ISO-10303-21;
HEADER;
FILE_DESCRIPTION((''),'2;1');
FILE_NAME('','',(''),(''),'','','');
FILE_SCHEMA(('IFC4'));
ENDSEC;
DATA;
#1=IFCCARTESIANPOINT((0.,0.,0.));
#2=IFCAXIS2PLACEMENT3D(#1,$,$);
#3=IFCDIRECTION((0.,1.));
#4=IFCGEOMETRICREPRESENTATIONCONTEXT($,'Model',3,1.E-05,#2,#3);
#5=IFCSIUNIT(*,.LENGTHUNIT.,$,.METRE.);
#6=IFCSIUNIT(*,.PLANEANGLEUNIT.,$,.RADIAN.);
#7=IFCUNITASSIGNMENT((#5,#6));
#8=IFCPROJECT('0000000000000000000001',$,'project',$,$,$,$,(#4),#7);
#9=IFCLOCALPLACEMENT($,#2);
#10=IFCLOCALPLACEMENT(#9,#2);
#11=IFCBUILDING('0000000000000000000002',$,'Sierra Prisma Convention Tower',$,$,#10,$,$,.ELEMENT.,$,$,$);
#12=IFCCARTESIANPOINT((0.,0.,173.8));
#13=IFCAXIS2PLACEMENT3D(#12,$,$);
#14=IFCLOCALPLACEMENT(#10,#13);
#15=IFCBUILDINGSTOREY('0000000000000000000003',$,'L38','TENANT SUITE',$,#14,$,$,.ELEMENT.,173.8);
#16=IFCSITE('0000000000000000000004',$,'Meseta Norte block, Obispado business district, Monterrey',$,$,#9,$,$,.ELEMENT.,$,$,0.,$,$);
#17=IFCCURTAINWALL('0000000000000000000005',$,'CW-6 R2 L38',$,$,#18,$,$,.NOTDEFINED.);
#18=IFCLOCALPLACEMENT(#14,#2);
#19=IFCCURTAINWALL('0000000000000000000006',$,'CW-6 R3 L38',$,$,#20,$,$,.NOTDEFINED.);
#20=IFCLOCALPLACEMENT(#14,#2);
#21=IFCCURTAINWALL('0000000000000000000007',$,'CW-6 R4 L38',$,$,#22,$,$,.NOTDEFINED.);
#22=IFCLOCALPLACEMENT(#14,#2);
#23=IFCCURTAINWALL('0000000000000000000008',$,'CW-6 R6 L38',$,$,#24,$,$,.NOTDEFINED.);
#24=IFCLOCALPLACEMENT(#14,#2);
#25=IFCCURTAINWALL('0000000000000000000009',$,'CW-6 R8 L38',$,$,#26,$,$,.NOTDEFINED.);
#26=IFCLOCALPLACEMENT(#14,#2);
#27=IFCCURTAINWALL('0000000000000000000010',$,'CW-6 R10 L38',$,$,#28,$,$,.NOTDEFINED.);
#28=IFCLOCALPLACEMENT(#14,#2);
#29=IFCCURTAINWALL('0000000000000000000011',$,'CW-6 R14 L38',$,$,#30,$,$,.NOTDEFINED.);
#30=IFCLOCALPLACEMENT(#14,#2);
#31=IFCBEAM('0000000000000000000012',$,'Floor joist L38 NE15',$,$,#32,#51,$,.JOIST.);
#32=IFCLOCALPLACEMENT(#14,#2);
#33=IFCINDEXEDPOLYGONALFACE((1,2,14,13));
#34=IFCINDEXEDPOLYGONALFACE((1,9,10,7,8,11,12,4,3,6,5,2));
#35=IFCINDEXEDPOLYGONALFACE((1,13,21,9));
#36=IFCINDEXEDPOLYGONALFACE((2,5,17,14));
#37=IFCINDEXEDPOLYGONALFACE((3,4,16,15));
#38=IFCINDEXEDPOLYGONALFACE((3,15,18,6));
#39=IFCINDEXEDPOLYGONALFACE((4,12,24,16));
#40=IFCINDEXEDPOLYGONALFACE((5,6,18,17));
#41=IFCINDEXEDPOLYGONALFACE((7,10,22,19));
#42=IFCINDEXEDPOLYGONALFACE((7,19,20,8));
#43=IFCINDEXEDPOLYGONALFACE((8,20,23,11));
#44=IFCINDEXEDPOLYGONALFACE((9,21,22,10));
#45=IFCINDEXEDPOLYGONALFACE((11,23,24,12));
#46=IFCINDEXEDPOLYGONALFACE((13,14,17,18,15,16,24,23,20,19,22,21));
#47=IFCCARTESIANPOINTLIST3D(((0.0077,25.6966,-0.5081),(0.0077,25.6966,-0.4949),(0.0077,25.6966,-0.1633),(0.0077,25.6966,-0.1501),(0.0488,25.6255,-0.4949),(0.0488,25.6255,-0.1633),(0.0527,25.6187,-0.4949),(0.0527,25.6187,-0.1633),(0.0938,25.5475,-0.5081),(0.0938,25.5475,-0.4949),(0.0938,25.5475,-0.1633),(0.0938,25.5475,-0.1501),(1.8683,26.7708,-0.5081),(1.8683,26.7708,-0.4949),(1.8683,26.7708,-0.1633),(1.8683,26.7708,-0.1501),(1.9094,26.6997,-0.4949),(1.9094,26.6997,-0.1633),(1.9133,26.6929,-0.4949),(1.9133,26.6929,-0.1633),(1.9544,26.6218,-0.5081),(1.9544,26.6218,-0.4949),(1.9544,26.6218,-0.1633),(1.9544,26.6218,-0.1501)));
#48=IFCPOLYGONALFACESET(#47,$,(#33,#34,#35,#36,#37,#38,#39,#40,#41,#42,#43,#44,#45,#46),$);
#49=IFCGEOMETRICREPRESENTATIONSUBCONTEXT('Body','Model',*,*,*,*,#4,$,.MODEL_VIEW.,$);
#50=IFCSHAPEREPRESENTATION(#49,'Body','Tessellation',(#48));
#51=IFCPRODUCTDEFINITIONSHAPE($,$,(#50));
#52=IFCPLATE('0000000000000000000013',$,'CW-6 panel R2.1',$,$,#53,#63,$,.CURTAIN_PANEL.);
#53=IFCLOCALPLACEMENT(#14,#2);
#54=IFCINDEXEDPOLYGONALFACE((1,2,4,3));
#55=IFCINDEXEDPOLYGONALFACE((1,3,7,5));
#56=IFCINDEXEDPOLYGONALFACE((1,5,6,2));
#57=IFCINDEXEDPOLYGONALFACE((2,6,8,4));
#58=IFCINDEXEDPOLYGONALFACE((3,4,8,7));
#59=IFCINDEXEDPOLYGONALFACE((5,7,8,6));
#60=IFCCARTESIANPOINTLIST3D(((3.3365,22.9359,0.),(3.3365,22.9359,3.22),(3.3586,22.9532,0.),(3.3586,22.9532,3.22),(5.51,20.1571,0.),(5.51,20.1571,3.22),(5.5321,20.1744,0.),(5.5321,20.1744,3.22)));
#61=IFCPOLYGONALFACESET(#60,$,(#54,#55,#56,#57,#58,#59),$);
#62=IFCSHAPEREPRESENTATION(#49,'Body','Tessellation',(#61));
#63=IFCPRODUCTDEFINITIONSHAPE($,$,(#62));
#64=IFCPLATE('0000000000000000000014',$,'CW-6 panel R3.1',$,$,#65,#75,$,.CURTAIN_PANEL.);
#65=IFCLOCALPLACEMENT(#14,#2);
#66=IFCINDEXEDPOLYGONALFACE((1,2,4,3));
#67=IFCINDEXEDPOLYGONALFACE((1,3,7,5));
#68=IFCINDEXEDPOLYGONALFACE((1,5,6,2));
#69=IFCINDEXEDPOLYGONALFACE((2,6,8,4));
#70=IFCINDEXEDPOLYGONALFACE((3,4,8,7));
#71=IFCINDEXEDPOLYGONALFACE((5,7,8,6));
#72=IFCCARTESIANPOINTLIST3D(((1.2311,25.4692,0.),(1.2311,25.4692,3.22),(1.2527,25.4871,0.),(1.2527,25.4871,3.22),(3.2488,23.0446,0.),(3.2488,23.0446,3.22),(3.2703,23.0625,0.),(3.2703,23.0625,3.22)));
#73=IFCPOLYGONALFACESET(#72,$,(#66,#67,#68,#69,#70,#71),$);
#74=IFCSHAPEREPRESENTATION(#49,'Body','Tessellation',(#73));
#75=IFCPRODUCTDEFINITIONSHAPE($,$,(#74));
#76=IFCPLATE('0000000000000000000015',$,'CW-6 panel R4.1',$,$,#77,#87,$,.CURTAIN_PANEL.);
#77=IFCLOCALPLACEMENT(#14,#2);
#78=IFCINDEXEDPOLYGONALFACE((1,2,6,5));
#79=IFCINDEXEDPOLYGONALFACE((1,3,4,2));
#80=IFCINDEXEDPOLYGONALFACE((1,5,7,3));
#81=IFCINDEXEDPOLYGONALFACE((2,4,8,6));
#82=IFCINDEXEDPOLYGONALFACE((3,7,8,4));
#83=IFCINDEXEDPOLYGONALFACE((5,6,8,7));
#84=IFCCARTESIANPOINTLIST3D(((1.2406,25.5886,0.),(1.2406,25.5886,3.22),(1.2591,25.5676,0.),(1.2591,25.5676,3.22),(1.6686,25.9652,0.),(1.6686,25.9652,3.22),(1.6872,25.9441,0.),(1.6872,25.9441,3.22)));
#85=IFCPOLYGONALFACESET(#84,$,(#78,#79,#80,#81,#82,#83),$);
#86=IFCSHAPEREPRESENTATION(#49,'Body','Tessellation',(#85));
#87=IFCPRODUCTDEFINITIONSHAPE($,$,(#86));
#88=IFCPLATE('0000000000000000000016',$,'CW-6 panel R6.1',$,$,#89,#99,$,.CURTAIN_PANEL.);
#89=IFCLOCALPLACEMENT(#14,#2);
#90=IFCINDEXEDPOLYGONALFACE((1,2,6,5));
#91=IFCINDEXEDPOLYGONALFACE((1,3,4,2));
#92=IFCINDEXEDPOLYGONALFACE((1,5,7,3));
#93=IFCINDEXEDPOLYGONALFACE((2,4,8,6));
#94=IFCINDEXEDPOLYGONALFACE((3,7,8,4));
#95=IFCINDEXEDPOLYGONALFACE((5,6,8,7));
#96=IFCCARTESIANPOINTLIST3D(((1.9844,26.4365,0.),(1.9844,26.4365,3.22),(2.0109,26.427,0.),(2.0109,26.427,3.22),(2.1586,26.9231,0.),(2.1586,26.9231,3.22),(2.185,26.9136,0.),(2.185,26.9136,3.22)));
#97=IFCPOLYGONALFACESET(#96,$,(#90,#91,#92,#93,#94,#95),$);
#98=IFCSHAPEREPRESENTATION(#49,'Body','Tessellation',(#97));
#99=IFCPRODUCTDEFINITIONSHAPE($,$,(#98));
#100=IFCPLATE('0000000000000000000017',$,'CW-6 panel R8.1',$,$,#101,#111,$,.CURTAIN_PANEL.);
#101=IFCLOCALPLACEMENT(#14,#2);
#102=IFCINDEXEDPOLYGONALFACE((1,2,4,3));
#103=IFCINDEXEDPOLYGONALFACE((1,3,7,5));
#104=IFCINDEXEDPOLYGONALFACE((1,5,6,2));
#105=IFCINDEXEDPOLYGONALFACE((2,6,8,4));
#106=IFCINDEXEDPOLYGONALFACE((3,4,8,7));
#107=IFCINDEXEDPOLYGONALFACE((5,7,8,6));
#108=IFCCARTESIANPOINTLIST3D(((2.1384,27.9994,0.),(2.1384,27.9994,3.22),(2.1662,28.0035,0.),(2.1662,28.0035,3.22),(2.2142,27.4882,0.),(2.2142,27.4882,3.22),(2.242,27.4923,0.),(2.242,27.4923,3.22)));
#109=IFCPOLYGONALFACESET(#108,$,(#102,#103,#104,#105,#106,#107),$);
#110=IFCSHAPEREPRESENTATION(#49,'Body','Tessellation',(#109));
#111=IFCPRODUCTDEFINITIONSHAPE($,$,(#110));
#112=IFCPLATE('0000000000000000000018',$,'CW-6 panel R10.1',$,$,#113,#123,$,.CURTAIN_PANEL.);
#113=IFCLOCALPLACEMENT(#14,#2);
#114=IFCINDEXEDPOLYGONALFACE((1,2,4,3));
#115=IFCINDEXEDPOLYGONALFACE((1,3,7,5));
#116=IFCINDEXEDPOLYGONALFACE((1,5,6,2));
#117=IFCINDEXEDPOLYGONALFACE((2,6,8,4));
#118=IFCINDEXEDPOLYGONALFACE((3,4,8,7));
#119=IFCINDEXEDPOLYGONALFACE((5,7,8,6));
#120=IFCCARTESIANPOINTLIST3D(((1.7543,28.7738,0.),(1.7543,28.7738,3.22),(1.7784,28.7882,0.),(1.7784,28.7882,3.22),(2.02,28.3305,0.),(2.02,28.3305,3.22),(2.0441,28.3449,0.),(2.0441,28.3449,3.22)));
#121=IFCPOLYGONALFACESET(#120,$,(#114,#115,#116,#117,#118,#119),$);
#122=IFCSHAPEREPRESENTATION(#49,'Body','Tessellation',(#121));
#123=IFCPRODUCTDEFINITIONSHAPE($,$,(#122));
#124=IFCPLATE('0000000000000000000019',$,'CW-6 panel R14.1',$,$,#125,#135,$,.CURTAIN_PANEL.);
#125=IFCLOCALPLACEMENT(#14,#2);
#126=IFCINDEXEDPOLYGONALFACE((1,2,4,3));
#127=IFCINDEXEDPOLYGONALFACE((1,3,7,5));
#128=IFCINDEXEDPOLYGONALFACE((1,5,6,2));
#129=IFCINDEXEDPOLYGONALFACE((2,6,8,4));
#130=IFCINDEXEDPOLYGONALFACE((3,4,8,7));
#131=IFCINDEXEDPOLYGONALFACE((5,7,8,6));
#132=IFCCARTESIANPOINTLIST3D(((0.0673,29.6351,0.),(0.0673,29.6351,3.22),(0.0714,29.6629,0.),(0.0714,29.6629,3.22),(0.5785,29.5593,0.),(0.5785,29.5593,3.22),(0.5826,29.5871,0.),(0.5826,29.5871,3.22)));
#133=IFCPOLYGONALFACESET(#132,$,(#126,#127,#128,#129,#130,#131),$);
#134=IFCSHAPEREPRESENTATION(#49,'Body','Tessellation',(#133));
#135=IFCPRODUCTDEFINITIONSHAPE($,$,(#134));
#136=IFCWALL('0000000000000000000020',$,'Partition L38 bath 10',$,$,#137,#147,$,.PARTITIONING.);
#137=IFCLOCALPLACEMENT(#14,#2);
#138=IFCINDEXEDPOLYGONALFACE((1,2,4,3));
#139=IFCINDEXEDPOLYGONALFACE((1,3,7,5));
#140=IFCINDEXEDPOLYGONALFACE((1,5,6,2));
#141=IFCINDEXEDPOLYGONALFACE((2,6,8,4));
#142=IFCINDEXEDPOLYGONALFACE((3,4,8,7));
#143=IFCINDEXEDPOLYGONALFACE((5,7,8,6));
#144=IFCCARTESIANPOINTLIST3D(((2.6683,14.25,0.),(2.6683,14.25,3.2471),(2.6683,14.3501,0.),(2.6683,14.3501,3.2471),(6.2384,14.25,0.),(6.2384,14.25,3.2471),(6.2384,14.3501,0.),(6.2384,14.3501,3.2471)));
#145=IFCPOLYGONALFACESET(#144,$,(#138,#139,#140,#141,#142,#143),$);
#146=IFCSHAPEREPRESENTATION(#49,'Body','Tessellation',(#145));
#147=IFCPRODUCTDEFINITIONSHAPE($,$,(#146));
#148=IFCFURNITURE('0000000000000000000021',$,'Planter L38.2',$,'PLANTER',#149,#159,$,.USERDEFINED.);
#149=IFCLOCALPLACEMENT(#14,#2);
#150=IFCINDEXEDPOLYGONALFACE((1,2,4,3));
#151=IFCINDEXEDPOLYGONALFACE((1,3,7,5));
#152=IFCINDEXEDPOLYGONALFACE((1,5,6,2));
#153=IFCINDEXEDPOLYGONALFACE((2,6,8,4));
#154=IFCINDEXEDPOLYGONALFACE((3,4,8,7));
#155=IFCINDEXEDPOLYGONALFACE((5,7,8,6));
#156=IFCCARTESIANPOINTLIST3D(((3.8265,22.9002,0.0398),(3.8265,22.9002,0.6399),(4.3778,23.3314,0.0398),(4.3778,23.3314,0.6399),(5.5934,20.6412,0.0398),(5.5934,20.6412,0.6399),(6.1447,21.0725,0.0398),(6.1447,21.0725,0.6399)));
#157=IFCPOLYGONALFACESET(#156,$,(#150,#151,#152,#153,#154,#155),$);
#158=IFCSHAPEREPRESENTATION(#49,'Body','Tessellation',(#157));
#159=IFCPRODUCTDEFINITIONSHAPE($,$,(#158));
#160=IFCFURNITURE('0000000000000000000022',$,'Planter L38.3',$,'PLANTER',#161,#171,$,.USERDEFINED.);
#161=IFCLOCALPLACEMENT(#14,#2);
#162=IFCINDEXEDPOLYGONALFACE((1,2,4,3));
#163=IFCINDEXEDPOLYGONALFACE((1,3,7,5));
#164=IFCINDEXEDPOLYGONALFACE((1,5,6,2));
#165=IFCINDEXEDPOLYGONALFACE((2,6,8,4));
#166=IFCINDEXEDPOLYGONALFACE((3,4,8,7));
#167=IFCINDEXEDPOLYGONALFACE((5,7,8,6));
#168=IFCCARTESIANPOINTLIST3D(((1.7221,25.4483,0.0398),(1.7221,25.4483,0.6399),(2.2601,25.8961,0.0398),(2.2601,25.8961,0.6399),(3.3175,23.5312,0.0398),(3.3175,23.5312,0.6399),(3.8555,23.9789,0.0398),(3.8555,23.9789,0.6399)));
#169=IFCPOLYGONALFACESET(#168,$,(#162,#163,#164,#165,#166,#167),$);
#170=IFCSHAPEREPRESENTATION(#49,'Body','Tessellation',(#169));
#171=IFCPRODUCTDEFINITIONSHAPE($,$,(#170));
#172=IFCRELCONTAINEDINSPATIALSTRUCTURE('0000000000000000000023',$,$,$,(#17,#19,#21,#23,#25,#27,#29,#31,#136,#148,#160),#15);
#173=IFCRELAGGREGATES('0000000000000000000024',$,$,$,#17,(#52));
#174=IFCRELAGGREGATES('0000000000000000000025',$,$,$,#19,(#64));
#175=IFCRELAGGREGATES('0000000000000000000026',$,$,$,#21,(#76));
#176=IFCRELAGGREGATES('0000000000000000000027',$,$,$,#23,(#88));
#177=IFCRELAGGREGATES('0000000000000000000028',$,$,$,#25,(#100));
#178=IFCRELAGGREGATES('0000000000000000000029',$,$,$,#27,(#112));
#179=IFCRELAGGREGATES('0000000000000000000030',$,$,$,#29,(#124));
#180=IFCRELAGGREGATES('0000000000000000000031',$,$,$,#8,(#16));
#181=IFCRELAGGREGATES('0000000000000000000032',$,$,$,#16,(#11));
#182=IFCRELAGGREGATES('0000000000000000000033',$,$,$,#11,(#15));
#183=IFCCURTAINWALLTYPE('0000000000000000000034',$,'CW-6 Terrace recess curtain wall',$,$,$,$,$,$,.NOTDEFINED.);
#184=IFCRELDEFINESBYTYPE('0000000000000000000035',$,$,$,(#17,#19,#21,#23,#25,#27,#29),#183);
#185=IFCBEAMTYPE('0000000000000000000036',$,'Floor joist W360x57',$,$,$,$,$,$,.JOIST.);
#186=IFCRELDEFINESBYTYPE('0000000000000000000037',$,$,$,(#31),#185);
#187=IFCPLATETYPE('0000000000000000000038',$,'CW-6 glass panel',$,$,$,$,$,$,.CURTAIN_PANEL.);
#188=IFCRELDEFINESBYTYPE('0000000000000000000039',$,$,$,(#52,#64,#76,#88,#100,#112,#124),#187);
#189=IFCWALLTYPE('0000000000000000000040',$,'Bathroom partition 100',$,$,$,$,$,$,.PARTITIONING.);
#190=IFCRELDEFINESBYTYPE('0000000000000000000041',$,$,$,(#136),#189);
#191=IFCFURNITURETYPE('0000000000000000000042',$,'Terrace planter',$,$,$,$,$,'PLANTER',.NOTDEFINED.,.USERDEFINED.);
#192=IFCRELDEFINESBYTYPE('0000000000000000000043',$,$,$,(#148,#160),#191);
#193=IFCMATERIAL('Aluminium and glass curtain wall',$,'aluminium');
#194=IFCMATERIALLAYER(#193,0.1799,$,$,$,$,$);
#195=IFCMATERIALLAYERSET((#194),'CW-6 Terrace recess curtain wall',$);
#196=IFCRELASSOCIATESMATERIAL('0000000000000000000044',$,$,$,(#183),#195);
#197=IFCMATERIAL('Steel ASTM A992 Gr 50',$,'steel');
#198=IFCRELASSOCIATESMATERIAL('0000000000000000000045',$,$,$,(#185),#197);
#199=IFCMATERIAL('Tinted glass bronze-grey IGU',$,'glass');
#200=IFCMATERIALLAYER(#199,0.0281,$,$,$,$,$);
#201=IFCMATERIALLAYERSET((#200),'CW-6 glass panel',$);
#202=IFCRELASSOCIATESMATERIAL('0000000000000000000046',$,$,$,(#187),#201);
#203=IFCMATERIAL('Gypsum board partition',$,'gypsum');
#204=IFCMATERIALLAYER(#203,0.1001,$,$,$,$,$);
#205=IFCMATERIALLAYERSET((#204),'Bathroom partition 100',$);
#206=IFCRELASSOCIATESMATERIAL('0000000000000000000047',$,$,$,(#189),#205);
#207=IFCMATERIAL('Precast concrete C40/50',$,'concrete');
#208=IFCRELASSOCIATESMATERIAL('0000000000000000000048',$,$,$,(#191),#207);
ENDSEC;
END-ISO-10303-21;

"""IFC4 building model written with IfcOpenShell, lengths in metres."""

from ifc_helpers import new_model, si_unit, direction, frame, frame_2d, origin, origin_2d, place, context, subcontext, project, spatial, rectangle, i_section, extrude, material, layer, layer_set, material_profile, profile_set, type_object, element, aggregate, save


model = new_model("IFC4")

# Units and contexts
model_context = context("Model", 3, precision=1e-05, world=origin(), true_north=direction((0.0, 1.0)))
body_context = subcontext(model_context, "Body", "Model", "MODEL_VIEW")
ifc_project = project(units=[si_unit("LENGTHUNIT", "METRE"), si_unit("PLANEANGLEUNIT", "RADIAN")], contexts=[model_context])

# Site, building, storey
site_placement = place(None, origin())
site = spatial("IfcSite", under=ifc_project, at=site_placement, Name="Meseta Norte block, Obispado business district, Monterrey", CompositionType="ELEMENT", RefElevation=0.0)
building_placement = place(site_placement, origin())
building = spatial("IfcBuilding", under=site, at=building_placement, Name="Sierra Prisma Convention Tower", CompositionType="ELEMENT")
storey_placement = place(building_placement, frame((0.0, 0.0, 173.8)))
storey = spatial("IfcBuildingStorey", under=building, at=storey_placement, Name="L38", Description="TENANT SUITE", CompositionType="ELEMENT", Elevation=173.8)

# Curtain walls
ifc_material_1 = material(Name="Aluminium and glass curtain wall", Category="aluminium")
ifc_layer_1 = layer(ifc_material_1, 0.1799)
ifc_layer_set_1 = layer_set([ifc_layer_1], Name="CW-6 Terrace recess curtain wall")
curtain_wall_type = type_object("IfcCurtainWallType", Name="CW-6 Terrace recess curtain wall", PredefinedType="NOTDEFINED", material=ifc_layer_set_1)
curtain_wall_1_placement = place(storey_placement, origin())
curtain_wall_1 = element("IfcCurtainWall", 1, at=curtain_wall_1_placement, inside=storey, type_object=curtain_wall_type, Name="CW-6 R2 L38", PredefinedType="NOTDEFINED")
curtain_wall_2_placement = place(storey_placement, origin())
curtain_wall_2 = element("IfcCurtainWall", 2, at=curtain_wall_2_placement, inside=storey, type_object=curtain_wall_type, Name="CW-6 R3 L38", PredefinedType="NOTDEFINED")
curtain_wall_3_placement = place(storey_placement, origin())
curtain_wall_3 = element("IfcCurtainWall", 3, at=curtain_wall_3_placement, inside=storey, type_object=curtain_wall_type, Name="CW-6 R4 L38", PredefinedType="NOTDEFINED")
curtain_wall_4_placement = place(storey_placement, origin())
curtain_wall_4 = element("IfcCurtainWall", 4, at=curtain_wall_4_placement, inside=storey, type_object=curtain_wall_type, Name="CW-6 R6 L38", PredefinedType="NOTDEFINED")
curtain_wall_5_placement = place(storey_placement, origin())
curtain_wall_5 = element("IfcCurtainWall", 5, at=curtain_wall_5_placement, inside=storey, type_object=curtain_wall_type, Name="CW-6 R8 L38", PredefinedType="NOTDEFINED")
curtain_wall_6_placement = place(storey_placement, origin())
curtain_wall_6 = element("IfcCurtainWall", 6, at=curtain_wall_6_placement, inside=storey, type_object=curtain_wall_type, Name="CW-6 R10 L38", PredefinedType="NOTDEFINED")
curtain_wall_7_placement = place(storey_placement, origin())
curtain_wall_7 = element("IfcCurtainWall", 7, at=curtain_wall_7_placement, inside=storey, type_object=curtain_wall_type, Name="CW-6 R14 L38", PredefinedType="NOTDEFINED")

# Beam
ifc_material_2 = material(Name="Steel ASTM A992 Gr 50", Category="steel")
ifc_material_profile_1 = material_profile(ifc_material_2, i_section(OverallWidth=0.1721, OverallDepth=0.3579, WebThickness=0.0078, FlangeThickness=0.0132, at=origin_2d()), Name="W360x57")
ifc_profile_set_1 = profile_set([ifc_material_profile_1], Name="Steel ASTM A992 Gr 50")
beam_type = type_object("IfcBeamType", Name="Floor joist W360x57", PredefinedType="JOIST", material=ifc_profile_set_1)
beam_placement = place(storey_placement, frame((1.9114, 26.6963, -0.3291), z_axis=(-0.866025, -0.500001, 0.0), x_axis=(0.500001, -0.866025, 0.0)))
element("IfcBeam", 8, at=beam_placement, inside=storey, type_object=beam_type, Name="Floor joist L38 NE15", PredefinedType="JOIST", context=body_context, shape_type="SweptSolid", body=[
    extrude(i_section(OverallWidth=0.1721, OverallDepth=0.3579, WebThickness=0.0078, FlangeThickness=0.0132, at=origin_2d()), origin(), (0.0, 0.0, 1.0), 2.1484),
])

# Plates
ifc_material_3 = material(Name="Tinted glass bronze-grey IGU", Category="glass")
ifc_layer_2 = layer(ifc_material_3, 0.0281)
ifc_layer_set_2 = layer_set([ifc_layer_2], Name="CW-6 glass panel")
plate_type = type_object("IfcPlateType", Name="CW-6 glass panel", PredefinedType="CURTAIN_PANEL", material=ifc_layer_set_2)
plate_1_placement = place(storey_placement, frame((4.4343, 21.5552, 0.0), z_axis=(0.0, 0.0, 1.0), x_axis=(-0.616096, 0.787671, 0.0)))
plate_1 = element("IfcPlate", 9, at=plate_1_placement, type_object=plate_type, Name="CW-6 panel R2.1", PredefinedType="CURTAIN_PANEL", context=body_context, shape_type="SweptSolid", body=[
    extrude(rectangle(XDim=3.5278, YDim=0.0281, at=origin_2d()), origin(), (0.0, 0.0, 1.0), 3.22),
])
aggregate(curtain_wall_1, [plate_1])
plate_2_placement = place(storey_placement, frame((2.2507, 24.2659, 0.0), z_axis=(0.0, 0.0, 1.0), x_axis=(-0.639651, 0.768666, 0.0)))
plate_2 = element("IfcPlate", 10, at=plate_2_placement, type_object=plate_type, Name="CW-6 panel R3.1", PredefinedType="CURTAIN_PANEL", context=body_context, shape_type="SweptSolid", body=[
    extrude(rectangle(XDim=3.1543, YDim=0.0281, at=origin_2d()), origin(), (0.0, 0.0, 1.0), 3.22),
])
aggregate(curtain_wall_2, [plate_2])
plate_3_placement = place(storey_placement, frame((1.4639, 25.7664, 0.0), z_axis=(0.0, 0.0, 1.0), x_axis=(0.750847, 0.660476, 0.0)))
plate_3 = element("IfcPlate", 11, at=plate_3_placement, type_object=plate_type, Name="CW-6 panel R4.1", PredefinedType="CURTAIN_PANEL", context=body_context, shape_type="SweptSolid", body=[
    extrude(rectangle(XDim=0.5701, YDim=0.0281, at=origin_2d()), origin(), (0.0, 0.0, 1.0), 3.22),
])
aggregate(curtain_wall_3, [plate_3])
plate_4_placement = place(storey_placement, frame((2.0847, 26.675, 0.0), z_axis=(0.0, 0.0, 1.0), x_axis=(0.33689, 0.941544, 0.0)))
plate_4 = element("IfcPlate", 12, at=plate_4_placement, type_object=plate_type, Name="CW-6 panel R6.1", PredefinedType="CURTAIN_PANEL", context=body_context, shape_type="SweptSolid", body=[
    extrude(rectangle(XDim=0.5168, YDim=0.0281, at=origin_2d()), origin(), (0.0, 0.0, 1.0), 3.22),
])
aggregate(curtain_wall_4, [plate_4])
plate_5_placement = place(storey_placement, frame((2.1902, 27.7458, 0.0), z_axis=(0.0, 0.0, 1.0), x_axis=(-0.14673, 0.989177, 0.0)))
plate_5 = element("IfcPlate", 13, at=plate_5_placement, type_object=plate_type, Name="CW-6 panel R8.1", PredefinedType="CURTAIN_PANEL", context=body_context, shape_type="SweptSolid", body=[
    extrude(rectangle(XDim=0.5168, YDim=0.0281, at=origin_2d()), origin(), (0.0, 0.0, 1.0), 3.22),
])
aggregate(curtain_wall_5, [plate_5])
plate_6_placement = place(storey_placement, frame((1.8992, 28.5593, 0.0), z_axis=(0.0, 0.0, 1.0), x_axis=(-0.514103, 0.857729, 0.0)))
plate_6 = element("IfcPlate", 14, at=plate_6_placement, type_object=plate_type, Name="CW-6 panel R10.1", PredefinedType="CURTAIN_PANEL", context=body_context, shape_type="SweptSolid", body=[
    extrude(rectangle(XDim=0.5168, YDim=0.0281, at=origin_2d()), origin(), (0.0, 0.0, 1.0), 3.22),
])
aggregate(curtain_wall_6, [plate_6])
plate_7_placement = place(storey_placement, frame((0.325, 29.6111, 0.0), z_axis=(0.0, 0.0, 1.0), x_axis=(-0.989177, 0.14673, 0.0)))
plate_7 = element("IfcPlate", 15, at=plate_7_placement, type_object=plate_type, Name="CW-6 panel R14.1", PredefinedType="CURTAIN_PANEL", context=body_context, shape_type="SweptSolid", body=[
    extrude(rectangle(XDim=0.5168, YDim=0.0281, at=origin_2d()), origin(), (0.0, 0.0, 1.0), 3.22),
])
aggregate(curtain_wall_7, [plate_7])

# Wall
ifc_material_4 = material(Name="Gypsum board partition", Category="gypsum")
ifc_layer_3 = layer(ifc_material_4, 0.1001)
ifc_layer_set_3 = layer_set([ifc_layer_3], Name="Bathroom partition 100")
wall_type = type_object("IfcWallType", Name="Bathroom partition 100", PredefinedType="PARTITIONING", material=ifc_layer_set_3)
wall_placement = place(storey_placement, frame((2.6682, 14.3, 0.0), z_axis=(0.0, 0.0, 1.0), x_axis=(1.0, 0.0, 0.0)))
element("IfcWall", 16, at=wall_placement, inside=storey, type_object=wall_type, Name="Partition L38 bath 10", PredefinedType="PARTITIONING", context=body_context, shape_type="SweptSolid", body=[
    extrude(rectangle(XDim=3.5701, YDim=0.1001, at=frame_2d((1.7852, 0.0))), origin(), (0.0, 0.0, 1.0), 3.2471),
])

# Furniture
ifc_material_5 = material(Name="Precast concrete C40/50", Category="concrete")
furniture_type = type_object("IfcFurnitureType", Name="Terrace planter", ElementType="PLANTER", AssemblyPlace="NOTDEFINED", PredefinedType="USERDEFINED", material=ifc_material_5)
furniture_1_placement = place(storey_placement, frame((4.9856, 21.9863, 0.0398), z_axis=(0.0, 0.0, 1.0), x_axis=(-0.616096, 0.787671, 0.0)))
element("IfcFurniture", 17, at=furniture_1_placement, inside=storey, type_object=furniture_type, Name="Planter L38.2", ObjectType="PLANTER", PredefinedType="USERDEFINED", context=body_context, shape_type="SweptSolid", body=[
    extrude(rectangle(XDim=2.8679, YDim=0.7, at=origin_2d()), origin(), (0.0, 0.0, 1.0), 0.6001),
])
furniture_2_placement = place(storey_placement, frame((2.7888, 24.7136, 0.0398), z_axis=(0.0, 0.0, 1.0), x_axis=(-0.639651, 0.768666, 0.0)))
element("IfcFurniture", 18, at=furniture_2_placement, inside=storey, type_object=furniture_type, Name="Planter L38.3", ObjectType="PLANTER", PredefinedType="USERDEFINED", context=body_context, shape_type="SweptSolid", body=[
    extrude(rectangle(XDim=2.4941, YDim=0.7, at=origin_2d()), origin(), (0.0, 0.0, 1.0), 0.6001),
])

save(model, "model.ifc")
